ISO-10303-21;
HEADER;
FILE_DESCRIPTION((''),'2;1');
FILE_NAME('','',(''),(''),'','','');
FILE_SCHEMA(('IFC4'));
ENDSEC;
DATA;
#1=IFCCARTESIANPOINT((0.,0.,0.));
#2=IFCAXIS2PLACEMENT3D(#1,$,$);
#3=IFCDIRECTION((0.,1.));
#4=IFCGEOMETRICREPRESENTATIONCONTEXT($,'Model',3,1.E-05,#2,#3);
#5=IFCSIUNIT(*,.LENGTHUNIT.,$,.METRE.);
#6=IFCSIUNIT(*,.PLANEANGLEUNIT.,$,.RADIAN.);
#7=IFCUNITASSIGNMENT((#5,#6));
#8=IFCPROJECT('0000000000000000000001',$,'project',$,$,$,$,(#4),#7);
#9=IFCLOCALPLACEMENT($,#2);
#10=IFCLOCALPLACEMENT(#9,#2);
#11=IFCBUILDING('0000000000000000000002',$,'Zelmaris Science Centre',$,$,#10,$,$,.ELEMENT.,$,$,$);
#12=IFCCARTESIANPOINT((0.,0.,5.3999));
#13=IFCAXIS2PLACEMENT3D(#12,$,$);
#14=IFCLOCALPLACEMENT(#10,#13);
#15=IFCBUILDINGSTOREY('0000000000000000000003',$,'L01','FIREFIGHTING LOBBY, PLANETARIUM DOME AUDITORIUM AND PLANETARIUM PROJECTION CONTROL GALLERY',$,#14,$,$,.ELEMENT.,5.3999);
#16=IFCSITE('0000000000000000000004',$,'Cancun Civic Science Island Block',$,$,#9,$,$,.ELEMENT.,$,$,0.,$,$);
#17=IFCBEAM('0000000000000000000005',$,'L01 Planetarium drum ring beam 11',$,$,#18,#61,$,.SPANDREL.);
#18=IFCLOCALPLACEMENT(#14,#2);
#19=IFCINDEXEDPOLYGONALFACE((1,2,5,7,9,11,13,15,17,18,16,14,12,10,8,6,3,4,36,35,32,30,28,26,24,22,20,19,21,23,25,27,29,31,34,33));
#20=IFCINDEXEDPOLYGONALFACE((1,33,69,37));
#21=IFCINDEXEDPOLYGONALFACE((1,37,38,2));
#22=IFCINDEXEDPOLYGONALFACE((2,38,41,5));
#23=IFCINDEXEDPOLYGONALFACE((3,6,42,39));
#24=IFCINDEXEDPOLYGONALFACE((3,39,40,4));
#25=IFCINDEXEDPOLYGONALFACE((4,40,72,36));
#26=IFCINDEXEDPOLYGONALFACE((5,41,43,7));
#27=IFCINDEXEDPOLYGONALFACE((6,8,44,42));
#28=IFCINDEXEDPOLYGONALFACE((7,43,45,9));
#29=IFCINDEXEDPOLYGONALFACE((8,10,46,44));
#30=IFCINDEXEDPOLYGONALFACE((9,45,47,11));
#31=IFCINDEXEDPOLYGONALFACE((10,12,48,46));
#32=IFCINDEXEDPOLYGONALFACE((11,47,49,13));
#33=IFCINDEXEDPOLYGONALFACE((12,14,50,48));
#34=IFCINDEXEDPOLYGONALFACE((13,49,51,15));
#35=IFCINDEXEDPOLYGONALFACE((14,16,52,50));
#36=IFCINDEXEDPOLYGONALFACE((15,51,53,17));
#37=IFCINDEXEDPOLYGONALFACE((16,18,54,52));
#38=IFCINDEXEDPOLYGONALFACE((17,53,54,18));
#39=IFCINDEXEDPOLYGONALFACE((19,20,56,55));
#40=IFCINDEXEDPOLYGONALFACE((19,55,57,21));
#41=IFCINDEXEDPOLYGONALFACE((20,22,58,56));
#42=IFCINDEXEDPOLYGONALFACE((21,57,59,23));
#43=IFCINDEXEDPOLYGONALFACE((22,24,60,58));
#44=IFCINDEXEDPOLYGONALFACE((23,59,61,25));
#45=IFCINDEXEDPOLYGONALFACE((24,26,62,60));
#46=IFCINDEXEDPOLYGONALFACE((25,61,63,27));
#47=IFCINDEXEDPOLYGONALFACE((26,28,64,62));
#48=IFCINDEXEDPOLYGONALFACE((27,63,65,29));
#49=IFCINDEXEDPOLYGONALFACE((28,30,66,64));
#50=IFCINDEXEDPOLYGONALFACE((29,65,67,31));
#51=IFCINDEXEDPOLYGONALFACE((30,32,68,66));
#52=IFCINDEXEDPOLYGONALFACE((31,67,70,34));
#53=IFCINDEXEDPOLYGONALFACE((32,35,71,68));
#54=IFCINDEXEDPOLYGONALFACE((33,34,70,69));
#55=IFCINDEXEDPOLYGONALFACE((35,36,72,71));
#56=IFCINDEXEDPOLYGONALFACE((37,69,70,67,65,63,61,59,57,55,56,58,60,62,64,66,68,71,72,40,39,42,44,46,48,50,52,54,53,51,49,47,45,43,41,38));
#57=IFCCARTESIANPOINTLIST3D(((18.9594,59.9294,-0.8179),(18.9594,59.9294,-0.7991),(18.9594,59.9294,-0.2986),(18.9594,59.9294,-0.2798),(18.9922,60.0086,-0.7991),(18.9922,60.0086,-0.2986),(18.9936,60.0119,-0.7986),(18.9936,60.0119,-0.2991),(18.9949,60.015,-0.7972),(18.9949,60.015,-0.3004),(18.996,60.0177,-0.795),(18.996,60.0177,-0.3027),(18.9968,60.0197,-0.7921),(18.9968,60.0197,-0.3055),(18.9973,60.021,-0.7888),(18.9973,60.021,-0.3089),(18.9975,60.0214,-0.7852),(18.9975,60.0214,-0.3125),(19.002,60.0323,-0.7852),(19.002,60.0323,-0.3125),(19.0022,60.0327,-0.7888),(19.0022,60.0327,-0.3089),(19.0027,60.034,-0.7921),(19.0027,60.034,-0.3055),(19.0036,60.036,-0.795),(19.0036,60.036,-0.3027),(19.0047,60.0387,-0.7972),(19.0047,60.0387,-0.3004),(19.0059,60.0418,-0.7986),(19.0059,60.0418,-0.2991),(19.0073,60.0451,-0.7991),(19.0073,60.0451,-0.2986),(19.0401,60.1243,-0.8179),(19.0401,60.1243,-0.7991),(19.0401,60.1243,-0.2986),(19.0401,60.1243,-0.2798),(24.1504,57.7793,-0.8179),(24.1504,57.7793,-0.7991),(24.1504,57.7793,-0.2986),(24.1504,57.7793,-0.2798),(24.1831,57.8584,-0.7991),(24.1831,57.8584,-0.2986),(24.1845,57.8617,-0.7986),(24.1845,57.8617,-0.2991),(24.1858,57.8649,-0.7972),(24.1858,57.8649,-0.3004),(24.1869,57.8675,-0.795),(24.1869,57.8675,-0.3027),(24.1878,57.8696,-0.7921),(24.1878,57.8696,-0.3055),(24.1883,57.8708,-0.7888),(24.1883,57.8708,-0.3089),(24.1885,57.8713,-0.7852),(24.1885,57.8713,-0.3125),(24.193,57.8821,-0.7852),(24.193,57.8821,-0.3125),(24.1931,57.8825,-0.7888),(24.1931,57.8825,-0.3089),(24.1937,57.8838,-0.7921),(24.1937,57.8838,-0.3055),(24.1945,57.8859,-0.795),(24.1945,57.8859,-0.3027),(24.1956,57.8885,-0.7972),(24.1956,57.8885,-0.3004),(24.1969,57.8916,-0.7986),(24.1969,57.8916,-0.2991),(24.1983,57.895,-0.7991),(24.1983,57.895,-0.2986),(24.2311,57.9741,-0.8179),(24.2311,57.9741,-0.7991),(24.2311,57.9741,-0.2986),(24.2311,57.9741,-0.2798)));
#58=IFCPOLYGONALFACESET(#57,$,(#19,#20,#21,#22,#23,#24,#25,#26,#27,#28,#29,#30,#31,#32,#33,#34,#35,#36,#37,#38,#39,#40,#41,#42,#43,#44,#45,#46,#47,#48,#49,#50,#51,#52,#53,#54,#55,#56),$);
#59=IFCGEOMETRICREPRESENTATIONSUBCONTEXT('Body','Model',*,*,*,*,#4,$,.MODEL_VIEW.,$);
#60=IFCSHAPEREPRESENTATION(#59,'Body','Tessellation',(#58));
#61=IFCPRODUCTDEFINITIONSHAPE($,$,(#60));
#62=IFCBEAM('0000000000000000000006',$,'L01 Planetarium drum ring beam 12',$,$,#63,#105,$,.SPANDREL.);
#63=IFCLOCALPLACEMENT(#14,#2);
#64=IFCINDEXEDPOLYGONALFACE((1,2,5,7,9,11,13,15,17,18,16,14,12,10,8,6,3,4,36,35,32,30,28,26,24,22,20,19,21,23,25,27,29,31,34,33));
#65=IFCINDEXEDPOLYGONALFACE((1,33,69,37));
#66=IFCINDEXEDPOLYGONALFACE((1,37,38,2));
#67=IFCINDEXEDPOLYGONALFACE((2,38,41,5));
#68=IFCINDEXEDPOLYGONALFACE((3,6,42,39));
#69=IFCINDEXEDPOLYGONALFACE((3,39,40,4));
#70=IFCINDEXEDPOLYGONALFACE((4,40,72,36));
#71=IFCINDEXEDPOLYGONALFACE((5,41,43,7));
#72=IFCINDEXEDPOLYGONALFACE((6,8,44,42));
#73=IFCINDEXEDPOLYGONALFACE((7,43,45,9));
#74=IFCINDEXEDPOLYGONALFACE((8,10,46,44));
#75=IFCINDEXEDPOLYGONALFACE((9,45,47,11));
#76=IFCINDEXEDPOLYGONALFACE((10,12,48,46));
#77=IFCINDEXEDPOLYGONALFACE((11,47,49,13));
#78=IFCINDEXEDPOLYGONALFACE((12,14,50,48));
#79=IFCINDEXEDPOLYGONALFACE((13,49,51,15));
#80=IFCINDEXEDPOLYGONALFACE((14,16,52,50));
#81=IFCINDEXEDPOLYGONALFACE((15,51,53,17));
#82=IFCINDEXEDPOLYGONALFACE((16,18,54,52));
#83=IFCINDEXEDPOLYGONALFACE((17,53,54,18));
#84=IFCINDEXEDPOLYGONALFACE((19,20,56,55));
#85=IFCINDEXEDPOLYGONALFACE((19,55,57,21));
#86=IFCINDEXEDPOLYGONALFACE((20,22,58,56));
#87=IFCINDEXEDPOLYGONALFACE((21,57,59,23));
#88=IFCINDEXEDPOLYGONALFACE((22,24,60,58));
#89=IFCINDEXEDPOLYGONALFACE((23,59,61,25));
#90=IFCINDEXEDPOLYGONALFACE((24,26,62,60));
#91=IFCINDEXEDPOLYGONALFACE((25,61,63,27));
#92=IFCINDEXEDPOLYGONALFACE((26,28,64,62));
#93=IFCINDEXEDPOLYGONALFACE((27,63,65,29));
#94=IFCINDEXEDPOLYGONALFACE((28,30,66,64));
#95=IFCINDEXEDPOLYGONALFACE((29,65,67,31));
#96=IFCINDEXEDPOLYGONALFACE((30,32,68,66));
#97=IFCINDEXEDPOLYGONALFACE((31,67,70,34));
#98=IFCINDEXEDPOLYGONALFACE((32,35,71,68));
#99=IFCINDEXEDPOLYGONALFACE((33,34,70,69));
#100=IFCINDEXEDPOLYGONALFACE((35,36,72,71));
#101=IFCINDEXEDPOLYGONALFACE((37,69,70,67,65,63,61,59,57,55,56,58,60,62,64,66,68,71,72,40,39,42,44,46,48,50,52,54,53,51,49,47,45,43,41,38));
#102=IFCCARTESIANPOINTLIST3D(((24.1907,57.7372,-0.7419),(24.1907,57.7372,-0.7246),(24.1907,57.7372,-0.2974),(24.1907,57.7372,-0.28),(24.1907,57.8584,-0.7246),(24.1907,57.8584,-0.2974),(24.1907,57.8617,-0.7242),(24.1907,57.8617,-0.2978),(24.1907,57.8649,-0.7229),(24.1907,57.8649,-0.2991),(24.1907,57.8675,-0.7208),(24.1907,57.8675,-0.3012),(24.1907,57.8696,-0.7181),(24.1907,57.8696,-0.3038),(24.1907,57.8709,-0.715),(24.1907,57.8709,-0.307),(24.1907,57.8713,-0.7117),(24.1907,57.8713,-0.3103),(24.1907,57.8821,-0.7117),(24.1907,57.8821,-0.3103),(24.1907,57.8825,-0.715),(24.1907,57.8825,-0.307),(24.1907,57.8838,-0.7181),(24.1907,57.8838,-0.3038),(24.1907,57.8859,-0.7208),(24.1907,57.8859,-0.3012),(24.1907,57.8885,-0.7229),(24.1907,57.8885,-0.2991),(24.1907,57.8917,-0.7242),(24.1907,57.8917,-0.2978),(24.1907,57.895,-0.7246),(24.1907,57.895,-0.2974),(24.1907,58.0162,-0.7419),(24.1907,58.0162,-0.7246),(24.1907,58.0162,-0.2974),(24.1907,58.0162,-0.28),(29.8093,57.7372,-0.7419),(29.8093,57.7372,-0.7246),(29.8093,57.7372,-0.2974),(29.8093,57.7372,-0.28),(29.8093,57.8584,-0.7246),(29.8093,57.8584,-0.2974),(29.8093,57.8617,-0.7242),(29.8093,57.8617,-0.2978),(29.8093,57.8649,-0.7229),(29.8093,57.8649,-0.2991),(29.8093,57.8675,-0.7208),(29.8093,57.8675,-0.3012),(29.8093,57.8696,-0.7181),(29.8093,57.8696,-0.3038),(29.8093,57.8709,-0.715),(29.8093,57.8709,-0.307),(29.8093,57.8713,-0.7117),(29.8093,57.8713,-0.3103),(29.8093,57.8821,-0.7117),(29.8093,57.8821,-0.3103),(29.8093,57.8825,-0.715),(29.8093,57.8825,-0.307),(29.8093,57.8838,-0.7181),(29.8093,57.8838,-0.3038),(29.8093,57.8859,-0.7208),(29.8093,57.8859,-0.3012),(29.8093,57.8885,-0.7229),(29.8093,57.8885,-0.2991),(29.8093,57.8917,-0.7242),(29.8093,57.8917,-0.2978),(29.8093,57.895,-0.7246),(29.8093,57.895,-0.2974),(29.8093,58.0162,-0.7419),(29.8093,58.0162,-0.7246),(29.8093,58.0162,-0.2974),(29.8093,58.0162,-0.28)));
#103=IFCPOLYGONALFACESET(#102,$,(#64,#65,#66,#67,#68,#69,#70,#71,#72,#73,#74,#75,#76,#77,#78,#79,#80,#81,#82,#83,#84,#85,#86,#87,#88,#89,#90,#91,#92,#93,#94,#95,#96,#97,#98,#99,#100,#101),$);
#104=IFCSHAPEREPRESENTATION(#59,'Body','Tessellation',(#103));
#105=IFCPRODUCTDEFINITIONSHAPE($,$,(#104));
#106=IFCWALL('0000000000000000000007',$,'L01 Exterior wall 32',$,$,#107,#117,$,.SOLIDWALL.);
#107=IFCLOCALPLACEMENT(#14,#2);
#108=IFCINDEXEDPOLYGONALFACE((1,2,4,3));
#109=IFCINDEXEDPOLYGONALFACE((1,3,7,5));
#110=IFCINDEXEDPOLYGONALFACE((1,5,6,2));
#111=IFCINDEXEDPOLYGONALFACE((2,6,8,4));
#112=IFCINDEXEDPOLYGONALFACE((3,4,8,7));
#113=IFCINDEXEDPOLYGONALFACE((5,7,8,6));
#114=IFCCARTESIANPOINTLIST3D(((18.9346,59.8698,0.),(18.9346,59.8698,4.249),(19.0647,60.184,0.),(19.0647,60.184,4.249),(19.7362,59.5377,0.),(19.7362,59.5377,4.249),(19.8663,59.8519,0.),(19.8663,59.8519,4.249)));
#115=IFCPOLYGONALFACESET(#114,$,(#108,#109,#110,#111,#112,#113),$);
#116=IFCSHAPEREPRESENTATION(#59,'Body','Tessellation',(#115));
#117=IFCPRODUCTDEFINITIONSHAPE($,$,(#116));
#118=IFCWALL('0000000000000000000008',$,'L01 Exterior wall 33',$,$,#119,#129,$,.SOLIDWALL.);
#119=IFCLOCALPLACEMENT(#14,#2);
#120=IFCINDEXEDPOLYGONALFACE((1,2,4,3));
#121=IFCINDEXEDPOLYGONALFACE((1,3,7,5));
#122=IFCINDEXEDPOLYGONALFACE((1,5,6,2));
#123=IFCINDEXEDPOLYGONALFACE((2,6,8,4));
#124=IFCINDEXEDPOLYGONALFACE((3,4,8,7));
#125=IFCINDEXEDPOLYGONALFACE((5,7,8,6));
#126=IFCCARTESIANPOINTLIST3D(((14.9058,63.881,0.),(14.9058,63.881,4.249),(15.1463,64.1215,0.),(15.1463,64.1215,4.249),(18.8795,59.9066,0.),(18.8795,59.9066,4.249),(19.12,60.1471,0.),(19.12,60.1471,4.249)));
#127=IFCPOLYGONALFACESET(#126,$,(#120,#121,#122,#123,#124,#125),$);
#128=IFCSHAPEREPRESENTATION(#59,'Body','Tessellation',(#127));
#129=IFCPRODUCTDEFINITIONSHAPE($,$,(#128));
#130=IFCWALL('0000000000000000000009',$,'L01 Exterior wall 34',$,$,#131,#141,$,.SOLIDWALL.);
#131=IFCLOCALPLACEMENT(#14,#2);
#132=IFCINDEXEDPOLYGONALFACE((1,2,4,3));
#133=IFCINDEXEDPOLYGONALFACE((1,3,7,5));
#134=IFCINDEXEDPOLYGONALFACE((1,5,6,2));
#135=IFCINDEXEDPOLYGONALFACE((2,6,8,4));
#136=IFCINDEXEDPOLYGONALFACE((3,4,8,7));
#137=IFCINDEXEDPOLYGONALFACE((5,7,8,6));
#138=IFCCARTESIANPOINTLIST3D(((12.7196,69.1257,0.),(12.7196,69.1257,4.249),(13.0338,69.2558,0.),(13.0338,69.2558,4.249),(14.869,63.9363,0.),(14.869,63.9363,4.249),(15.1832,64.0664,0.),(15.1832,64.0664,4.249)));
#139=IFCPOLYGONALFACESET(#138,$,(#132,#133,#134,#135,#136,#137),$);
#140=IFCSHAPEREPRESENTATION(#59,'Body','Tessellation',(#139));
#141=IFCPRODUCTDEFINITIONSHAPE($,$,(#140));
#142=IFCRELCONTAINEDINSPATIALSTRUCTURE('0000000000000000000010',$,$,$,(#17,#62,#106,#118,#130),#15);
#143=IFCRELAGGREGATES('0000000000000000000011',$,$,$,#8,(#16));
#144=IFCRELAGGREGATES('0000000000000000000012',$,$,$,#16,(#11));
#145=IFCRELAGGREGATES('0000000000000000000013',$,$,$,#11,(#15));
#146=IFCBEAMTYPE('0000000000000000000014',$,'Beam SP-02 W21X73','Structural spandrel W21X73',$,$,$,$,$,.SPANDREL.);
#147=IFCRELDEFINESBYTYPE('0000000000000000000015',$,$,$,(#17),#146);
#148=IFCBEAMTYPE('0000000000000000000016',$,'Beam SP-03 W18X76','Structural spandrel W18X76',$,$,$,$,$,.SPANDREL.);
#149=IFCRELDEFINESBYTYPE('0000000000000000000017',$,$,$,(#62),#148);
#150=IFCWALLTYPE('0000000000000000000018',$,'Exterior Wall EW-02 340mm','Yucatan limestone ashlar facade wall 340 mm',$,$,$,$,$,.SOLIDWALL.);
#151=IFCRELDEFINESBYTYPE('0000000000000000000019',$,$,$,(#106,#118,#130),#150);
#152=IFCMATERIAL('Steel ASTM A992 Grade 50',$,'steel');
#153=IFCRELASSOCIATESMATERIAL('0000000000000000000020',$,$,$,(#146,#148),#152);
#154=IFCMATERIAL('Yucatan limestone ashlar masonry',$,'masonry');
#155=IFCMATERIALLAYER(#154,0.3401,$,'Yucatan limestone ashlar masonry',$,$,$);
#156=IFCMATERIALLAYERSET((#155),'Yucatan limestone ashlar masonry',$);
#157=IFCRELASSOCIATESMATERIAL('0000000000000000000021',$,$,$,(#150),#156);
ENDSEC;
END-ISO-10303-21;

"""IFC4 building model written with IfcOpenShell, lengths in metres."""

from ifc_helpers import new_model, si_unit, direction, frame, frame_2d, origin, origin_2d, place, context, subcontext, project, spatial, rectangle, i_section, extrude, material, layer, layer_set, material_profile, profile_set, type_object, element, save


model = new_model("IFC4")

# Units and contexts
model_context = context("Model", 3, precision=1e-05, world=origin(), true_north=direction((0.0, 1.0)))
body_context = subcontext(model_context, "Body", "Model", "MODEL_VIEW")
ifc_project = project(units=[si_unit("LENGTHUNIT", "METRE"), si_unit("PLANEANGLEUNIT", "RADIAN")], contexts=[model_context])

# Site, building, storey
site_placement = place(None, origin())
site = spatial("IfcSite", under=ifc_project, at=site_placement, Name="Cancun Civic Science Island Block", CompositionType="ELEMENT", RefElevation=0.0)
building_placement = place(site_placement, origin())
building = spatial("IfcBuilding", under=site, at=building_placement, Name="Zelmaris Science Centre", CompositionType="ELEMENT")
storey_placement = place(building_placement, frame((0.0, 0.0, 5.3999)))
storey = spatial("IfcBuildingStorey", under=building, at=storey_placement, Name="L01", Description="FIREFIGHTING LOBBY, PLANETARIUM DOME AUDITORIUM AND PLANETARIUM PROJECTION CONTROL GALLERY", CompositionType="ELEMENT", Elevation=5.3999)

# Shared definitions
ifc_material_1 = material(Name="Steel ASTM A992 Grade 50", Category="steel")

# Beams
ifc_material_profile_1 = material_profile(ifc_material_1, i_section(OverallWidth=0.2109, OverallDepth=0.5381, WebThickness=0.0117, FlangeThickness=0.0188, FilletRadius=0.0139, at=origin_2d()), Name="W21X73")
ifc_profile_set_1 = profile_set([ifc_material_profile_1], Name="Steel ASTM A992 Grade 50")
beam_type_1 = type_object("IfcBeamType", Name="Beam SP-02 W21X73", Description="Structural spandrel W21X73", PredefinedType="SPANDREL", material=ifc_profile_set_1)
beam_1_placement = place(storey_placement, frame((18.9998, 60.0269, -0.5488), z_axis=(0.92388, -0.382683, 0.0), x_axis=(0.382683, 0.92388, 0.0)))
element("IfcBeam", 1, at=beam_1_placement, inside=storey, type_object=beam_type_1, Name="L01 Planetarium drum ring beam 11", PredefinedType="SPANDREL", context=body_context, shape_type="SweptSolid", body=[
    extrude(i_section(OverallWidth=0.2109, OverallDepth=0.5381, WebThickness=0.0117, FlangeThickness=0.0188, FilletRadius=0.0139, at=origin_2d()), origin(), (0.0, 0.0, 1.0), 5.6187),
])
ifc_material_profile_2 = material_profile(ifc_material_1, i_section(OverallWidth=0.2791, OverallDepth=0.4619, WebThickness=0.0107, FlangeThickness=0.0173, FilletRadius=0.0129, at=origin_2d()), Name="W18X76")
ifc_profile_set_2 = profile_set([ifc_material_profile_2], Name="Steel ASTM A992 Grade 50")
beam_type_2 = type_object("IfcBeamType", Name="Beam SP-03 W18X76", Description="Structural spandrel W18X76", PredefinedType="SPANDREL", material=ifc_profile_set_2)
beam_2_placement = place(storey_placement, frame((24.1907, 57.8767, -0.511), z_axis=(1.0, 0.0, 0.0), x_axis=(0.0, 1.0, 0.0)))
element("IfcBeam", 2, at=beam_2_placement, inside=storey, type_object=beam_type_2, Name="L01 Planetarium drum ring beam 12", PredefinedType="SPANDREL", context=body_context, shape_type="SweptSolid", body=[
    extrude(i_section(OverallWidth=0.2791, OverallDepth=0.4619, WebThickness=0.0107, FlangeThickness=0.0173, FilletRadius=0.0129, at=origin_2d()), origin(), (0.0, 0.0, 1.0), 5.6187),
])

# Walls
ifc_material_2 = material(Name="Yucatan limestone ashlar masonry", Category="masonry")
ifc_layer_1 = layer(ifc_material_2, 0.3401, Name="Yucatan limestone ashlar masonry")
ifc_layer_set_1 = layer_set([ifc_layer_1], Name="Yucatan limestone ashlar masonry")
wall_type_1 = type_object("IfcWallType", Name="Exterior Wall EW-02 340mm", Description="Yucatan limestone ashlar facade wall 340 mm", PredefinedType="SOLIDWALL", material=ifc_layer_set_1)
wall_1_placement = place(storey_placement, frame((19.8013, 59.6948, 0.0), z_axis=(0.0, 0.0, 1.0), x_axis=(-0.923866, 0.382716, 0.0)))
element("IfcWall", 3, at=wall_1_placement, inside=storey, type_object=wall_type_1, Name="L01 Exterior wall 32", PredefinedType="SOLIDWALL", context=body_context, shape_type="SweptSolid", body=[
    extrude(rectangle(XDim=0.8677, YDim=0.3401, at=frame_2d((0.4338, 0.0))), origin(), (0.0, 0.0, 1.0), 4.249),
])
wall_2_placement = place(storey_placement, frame((18.9998, 60.0269, 0.0), z_axis=(0.0, 0.0, 1.0), x_axis=(-0.707042, 0.707172, 0.0)))
element("IfcWall", 4, at=wall_2_placement, inside=storey, type_object=wall_type_1, Name="L01 Exterior wall 33", PredefinedType="SOLIDWALL", context=body_context, shape_type="SweptSolid", body=[
    extrude(rectangle(XDim=5.6201, YDim=0.3401, at=frame_2d((2.8101, 0.0))), origin(), (0.0, 0.0, 1.0), 4.249),
])
wall_3_placement = place(storey_placement, frame((15.0261, 64.0012, 0.0), z_axis=(0.0, 0.0, 1.0), x_axis=(-0.382664, 0.923888, 0.0)))
element("IfcWall", 5, at=wall_3_placement, inside=storey, type_object=wall_type_1, Name="L01 Exterior wall 34", PredefinedType="SOLIDWALL", context=body_context, shape_type="SweptSolid", body=[
    extrude(rectangle(XDim=5.6169, YDim=0.3401, at=frame_2d((2.8086, 0.0))), origin(), (0.0, 0.0, 1.0), 4.249),
])

save(model, "model.ifc")
